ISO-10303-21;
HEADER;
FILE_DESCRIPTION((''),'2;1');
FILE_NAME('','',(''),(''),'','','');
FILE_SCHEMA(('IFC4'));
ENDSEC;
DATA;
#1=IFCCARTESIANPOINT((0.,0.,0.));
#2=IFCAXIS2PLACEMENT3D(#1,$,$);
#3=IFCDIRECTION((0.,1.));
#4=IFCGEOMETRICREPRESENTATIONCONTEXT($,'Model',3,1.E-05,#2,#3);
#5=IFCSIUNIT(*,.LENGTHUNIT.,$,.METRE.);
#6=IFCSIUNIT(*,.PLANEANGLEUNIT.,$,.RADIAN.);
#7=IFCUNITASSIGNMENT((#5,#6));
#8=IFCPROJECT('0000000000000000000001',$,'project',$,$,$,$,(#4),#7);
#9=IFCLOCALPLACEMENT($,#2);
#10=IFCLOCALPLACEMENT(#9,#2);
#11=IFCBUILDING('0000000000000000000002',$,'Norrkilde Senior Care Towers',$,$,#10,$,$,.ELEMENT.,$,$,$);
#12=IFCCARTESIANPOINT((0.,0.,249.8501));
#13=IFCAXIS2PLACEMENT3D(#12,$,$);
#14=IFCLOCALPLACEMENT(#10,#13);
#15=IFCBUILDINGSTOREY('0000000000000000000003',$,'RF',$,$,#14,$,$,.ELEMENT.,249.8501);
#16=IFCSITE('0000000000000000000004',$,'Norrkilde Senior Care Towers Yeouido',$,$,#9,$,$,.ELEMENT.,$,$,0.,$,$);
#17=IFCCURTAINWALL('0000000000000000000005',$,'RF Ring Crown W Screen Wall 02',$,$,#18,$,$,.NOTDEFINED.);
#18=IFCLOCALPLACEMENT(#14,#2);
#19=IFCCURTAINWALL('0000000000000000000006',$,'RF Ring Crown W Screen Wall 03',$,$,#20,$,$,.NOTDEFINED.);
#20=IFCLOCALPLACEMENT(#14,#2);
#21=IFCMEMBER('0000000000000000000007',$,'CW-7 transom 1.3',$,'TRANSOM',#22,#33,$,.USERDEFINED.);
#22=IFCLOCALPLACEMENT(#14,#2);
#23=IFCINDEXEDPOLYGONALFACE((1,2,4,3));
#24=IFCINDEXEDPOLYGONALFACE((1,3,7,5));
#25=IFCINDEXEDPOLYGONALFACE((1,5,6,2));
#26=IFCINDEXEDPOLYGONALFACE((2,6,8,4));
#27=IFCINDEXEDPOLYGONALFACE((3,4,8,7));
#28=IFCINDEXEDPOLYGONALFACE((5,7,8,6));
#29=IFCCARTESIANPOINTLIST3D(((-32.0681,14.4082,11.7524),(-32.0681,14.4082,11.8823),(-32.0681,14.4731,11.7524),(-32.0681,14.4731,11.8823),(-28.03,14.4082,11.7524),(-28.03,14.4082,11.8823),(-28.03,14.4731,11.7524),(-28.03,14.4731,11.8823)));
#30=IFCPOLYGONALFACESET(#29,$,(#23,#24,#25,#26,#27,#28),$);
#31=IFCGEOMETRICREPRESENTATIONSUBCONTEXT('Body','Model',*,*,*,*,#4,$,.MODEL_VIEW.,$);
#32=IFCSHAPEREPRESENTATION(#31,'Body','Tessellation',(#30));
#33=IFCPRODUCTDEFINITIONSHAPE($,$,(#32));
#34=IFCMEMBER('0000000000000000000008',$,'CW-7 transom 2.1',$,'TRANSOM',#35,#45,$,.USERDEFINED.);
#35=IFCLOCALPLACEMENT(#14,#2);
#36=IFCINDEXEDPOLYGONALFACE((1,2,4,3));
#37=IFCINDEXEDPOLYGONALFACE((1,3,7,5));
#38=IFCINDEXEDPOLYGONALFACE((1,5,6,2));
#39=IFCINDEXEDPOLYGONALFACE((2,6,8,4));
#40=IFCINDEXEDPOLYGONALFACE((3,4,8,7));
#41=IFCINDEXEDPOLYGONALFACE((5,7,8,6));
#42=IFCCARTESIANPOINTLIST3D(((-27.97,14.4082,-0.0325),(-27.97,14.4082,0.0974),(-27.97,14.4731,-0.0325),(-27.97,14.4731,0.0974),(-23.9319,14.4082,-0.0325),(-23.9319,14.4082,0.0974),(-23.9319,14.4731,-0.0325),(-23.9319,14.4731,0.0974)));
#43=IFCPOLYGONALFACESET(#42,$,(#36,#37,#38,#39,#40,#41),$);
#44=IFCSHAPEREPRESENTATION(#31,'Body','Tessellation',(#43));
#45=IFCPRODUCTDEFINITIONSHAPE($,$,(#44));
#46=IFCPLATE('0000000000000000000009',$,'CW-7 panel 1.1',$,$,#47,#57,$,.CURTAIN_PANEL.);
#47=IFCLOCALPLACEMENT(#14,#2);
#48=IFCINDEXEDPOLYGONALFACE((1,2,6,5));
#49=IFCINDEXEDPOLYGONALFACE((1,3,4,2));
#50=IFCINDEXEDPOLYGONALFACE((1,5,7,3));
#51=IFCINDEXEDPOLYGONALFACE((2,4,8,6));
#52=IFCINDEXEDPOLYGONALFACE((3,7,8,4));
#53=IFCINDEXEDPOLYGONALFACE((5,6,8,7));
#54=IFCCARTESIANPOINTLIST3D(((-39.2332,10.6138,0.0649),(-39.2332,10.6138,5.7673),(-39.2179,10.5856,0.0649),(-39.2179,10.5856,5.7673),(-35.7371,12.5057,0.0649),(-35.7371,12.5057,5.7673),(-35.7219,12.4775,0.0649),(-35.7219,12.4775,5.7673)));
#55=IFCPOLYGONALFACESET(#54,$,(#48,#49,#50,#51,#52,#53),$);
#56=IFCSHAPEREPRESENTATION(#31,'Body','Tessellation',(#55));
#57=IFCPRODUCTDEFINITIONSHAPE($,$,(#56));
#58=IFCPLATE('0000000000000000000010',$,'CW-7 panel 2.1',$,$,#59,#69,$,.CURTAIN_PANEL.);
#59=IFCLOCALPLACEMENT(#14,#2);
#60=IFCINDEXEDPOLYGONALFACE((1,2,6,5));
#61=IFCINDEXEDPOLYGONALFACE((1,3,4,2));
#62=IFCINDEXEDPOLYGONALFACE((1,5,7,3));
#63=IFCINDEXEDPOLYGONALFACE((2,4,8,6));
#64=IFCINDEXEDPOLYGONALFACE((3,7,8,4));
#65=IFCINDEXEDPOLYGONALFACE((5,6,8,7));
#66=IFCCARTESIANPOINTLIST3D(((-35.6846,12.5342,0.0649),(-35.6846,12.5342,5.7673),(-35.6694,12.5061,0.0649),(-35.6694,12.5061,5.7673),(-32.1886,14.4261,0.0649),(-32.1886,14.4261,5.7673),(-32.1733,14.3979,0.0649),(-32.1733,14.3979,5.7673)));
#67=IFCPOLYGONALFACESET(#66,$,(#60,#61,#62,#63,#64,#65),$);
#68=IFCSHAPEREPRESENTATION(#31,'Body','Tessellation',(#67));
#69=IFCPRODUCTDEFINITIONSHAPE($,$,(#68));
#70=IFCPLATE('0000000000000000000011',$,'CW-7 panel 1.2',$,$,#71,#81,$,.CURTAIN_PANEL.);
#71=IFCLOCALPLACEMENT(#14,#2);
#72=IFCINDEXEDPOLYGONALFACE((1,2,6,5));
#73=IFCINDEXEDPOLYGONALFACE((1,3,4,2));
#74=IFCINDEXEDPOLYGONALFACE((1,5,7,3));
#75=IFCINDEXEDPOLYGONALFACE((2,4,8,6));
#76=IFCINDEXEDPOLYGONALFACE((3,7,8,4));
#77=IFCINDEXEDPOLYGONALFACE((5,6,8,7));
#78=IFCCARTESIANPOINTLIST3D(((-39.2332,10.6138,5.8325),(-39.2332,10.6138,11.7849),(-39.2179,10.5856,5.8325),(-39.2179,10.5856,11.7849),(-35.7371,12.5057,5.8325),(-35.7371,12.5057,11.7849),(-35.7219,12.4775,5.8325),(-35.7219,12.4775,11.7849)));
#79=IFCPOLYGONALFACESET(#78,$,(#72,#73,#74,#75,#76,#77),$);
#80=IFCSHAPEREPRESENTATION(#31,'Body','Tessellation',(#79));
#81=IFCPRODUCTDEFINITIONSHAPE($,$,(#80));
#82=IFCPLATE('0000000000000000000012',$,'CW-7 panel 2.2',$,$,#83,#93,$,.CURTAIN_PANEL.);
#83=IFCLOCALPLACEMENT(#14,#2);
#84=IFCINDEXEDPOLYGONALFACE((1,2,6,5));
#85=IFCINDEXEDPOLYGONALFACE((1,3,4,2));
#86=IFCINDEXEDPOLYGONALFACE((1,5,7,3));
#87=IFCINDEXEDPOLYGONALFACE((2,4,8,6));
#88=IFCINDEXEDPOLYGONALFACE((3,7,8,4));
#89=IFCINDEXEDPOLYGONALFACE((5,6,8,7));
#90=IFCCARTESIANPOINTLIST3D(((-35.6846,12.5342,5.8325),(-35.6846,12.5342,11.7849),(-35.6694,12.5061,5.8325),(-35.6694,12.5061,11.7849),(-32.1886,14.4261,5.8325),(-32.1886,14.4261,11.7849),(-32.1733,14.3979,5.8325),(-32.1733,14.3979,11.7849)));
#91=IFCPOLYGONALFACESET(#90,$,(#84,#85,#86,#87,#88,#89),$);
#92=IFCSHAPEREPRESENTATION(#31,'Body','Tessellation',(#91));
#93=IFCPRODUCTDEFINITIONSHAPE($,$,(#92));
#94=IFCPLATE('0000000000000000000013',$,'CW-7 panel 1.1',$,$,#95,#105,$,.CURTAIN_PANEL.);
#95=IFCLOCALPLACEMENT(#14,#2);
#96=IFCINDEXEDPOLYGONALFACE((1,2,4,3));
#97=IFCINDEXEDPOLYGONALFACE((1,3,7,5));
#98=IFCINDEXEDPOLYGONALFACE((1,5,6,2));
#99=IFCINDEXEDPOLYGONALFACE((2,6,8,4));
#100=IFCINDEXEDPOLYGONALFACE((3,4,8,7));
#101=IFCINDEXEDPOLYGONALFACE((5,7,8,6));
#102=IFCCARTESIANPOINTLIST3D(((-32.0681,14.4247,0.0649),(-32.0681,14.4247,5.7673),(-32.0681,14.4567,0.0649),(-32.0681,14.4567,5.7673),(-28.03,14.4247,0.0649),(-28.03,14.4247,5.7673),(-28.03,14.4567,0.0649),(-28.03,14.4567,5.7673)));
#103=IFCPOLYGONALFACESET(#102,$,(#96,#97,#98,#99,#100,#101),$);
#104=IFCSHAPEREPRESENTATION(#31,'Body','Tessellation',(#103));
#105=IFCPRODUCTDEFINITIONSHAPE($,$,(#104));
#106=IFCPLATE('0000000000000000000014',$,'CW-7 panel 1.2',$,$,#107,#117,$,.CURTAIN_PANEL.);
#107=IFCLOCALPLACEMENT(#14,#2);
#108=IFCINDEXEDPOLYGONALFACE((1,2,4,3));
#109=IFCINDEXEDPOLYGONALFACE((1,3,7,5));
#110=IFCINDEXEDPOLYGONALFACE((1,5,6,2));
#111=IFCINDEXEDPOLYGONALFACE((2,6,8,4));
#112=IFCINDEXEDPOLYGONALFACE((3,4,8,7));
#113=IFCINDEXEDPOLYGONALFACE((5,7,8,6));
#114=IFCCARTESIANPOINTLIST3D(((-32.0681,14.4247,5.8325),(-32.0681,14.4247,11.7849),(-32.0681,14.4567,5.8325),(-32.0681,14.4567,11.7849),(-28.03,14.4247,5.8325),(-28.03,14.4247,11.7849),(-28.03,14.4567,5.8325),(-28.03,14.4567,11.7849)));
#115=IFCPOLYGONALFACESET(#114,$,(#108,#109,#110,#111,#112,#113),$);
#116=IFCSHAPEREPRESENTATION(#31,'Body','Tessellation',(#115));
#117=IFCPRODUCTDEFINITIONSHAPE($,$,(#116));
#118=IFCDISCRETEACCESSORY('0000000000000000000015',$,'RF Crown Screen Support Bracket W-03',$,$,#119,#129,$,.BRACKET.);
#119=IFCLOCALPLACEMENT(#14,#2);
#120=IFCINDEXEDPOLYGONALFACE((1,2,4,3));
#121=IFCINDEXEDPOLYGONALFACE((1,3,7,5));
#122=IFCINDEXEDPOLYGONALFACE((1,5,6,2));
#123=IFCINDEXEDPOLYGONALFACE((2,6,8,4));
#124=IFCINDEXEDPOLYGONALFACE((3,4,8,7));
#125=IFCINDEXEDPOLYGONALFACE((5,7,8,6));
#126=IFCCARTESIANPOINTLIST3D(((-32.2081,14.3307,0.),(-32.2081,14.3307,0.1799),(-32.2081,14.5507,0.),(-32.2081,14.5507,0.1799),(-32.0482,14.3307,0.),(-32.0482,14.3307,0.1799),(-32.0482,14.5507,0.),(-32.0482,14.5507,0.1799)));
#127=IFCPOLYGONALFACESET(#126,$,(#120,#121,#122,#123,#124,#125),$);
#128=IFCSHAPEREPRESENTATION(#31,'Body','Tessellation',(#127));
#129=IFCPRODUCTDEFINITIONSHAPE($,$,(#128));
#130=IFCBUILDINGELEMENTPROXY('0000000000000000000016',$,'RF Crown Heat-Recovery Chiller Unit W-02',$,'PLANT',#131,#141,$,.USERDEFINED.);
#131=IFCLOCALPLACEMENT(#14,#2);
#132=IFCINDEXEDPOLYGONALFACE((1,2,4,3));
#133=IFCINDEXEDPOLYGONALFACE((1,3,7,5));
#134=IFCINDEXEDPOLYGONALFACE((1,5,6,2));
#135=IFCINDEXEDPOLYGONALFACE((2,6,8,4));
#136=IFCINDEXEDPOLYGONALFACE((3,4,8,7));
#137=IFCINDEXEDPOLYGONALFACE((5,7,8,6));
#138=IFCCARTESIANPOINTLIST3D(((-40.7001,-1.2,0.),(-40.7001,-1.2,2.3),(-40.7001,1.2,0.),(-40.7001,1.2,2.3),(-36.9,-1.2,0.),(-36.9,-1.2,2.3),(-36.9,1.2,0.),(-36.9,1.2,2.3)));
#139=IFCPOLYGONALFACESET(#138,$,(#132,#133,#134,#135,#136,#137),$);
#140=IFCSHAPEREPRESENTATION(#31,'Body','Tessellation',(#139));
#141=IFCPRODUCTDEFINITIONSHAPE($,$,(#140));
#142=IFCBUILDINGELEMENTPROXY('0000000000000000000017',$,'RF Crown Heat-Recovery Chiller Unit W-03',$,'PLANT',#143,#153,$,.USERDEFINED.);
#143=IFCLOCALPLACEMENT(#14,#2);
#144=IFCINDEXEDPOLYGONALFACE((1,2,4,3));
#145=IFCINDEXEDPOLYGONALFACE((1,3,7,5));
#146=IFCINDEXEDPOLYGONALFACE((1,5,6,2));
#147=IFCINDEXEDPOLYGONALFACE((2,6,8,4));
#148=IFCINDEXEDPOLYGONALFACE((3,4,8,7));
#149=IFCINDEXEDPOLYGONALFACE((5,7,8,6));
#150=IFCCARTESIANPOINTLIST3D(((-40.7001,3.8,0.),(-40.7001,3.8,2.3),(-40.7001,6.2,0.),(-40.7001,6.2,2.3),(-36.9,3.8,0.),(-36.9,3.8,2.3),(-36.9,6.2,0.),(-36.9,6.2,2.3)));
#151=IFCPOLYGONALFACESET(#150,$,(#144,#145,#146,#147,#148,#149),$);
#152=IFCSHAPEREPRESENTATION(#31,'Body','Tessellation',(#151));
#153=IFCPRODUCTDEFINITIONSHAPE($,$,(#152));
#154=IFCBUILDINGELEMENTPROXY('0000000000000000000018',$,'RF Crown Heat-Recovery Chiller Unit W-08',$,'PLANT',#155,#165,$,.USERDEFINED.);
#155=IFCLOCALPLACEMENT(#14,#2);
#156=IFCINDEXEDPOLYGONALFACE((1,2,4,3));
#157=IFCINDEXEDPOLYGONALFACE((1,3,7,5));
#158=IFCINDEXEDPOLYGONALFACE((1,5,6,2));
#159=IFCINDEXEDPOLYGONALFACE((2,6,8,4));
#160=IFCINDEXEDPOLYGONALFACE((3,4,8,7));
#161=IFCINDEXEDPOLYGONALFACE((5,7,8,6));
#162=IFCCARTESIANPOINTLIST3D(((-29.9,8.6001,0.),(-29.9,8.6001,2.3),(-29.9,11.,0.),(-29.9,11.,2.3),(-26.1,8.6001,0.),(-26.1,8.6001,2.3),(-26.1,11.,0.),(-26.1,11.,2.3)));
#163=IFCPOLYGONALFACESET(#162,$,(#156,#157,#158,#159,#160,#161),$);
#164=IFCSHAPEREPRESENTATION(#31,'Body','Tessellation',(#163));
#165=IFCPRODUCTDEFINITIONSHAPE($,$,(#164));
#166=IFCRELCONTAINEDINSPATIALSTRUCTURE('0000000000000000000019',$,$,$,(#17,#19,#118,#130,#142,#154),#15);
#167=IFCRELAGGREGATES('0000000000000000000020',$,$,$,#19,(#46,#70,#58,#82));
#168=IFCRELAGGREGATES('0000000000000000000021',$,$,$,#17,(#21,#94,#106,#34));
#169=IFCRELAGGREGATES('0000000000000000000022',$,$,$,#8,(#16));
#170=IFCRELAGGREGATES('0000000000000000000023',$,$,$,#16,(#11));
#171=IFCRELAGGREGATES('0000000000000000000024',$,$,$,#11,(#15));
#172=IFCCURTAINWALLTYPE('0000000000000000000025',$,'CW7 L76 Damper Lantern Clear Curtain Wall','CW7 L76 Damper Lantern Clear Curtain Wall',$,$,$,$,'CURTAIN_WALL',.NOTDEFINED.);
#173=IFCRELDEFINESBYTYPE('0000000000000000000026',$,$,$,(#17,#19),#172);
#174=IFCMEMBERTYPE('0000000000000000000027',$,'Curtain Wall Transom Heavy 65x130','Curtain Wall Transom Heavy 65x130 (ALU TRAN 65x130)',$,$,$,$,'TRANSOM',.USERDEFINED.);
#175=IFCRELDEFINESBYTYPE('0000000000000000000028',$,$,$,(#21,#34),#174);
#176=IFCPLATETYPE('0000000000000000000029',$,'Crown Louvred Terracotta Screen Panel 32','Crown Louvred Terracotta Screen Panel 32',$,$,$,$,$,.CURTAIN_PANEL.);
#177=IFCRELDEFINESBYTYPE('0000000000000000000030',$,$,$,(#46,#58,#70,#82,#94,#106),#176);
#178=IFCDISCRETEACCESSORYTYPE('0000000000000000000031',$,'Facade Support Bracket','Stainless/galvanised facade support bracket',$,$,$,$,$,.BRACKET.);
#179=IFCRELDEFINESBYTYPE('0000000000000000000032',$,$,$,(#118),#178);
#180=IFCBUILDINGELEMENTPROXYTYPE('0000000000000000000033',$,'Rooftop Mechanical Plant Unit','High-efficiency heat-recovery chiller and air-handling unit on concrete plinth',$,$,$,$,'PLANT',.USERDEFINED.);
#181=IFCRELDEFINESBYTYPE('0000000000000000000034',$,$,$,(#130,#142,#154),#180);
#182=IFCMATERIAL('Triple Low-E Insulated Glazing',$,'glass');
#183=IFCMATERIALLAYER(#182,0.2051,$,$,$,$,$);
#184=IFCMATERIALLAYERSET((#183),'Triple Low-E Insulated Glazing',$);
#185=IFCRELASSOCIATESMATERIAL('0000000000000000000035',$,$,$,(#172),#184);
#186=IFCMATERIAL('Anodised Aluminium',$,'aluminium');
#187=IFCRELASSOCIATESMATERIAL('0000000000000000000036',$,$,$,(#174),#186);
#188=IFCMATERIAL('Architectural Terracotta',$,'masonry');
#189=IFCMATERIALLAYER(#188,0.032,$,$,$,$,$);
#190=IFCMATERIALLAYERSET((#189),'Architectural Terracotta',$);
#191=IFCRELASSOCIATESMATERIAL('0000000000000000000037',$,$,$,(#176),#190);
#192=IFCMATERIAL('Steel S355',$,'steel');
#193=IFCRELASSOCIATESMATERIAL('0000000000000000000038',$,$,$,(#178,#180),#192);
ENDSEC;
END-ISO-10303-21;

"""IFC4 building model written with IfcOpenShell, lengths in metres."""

from ifc_helpers import new_model, si_unit, direction, frame, origin, origin_2d, place, context, subcontext, project, spatial, rectangle, extrude, source, transform, mapped, material, layer, layer_set, material_profile, profile_set, type_object, type_shapes, element, aggregate, save


model = new_model("IFC4")

# Units and contexts
model_context = context("Model", 3, precision=1e-05, world=origin(), true_north=direction((0.0, 1.0)))
body_context = subcontext(model_context, "Body", "Model", "MODEL_VIEW")
ifc_project = project(units=[si_unit("LENGTHUNIT", "METRE"), si_unit("PLANEANGLEUNIT", "RADIAN")], contexts=[model_context])

# Site, building, storey
site_placement = place(None, origin())
site = spatial("IfcSite", under=ifc_project, at=site_placement, Name="Norrkilde Senior Care Towers Yeouido", CompositionType="ELEMENT", RefElevation=0.0)
building_placement = place(site_placement, origin())
building = spatial("IfcBuilding", under=site, at=building_placement, Name="Norrkilde Senior Care Towers", CompositionType="ELEMENT")
storey_placement = place(building_placement, frame((0.0, 0.0, 249.8501)))
storey = spatial("IfcBuildingStorey", under=building, at=storey_placement, Name="RF", CompositionType="ELEMENT", Elevation=249.8501)

# Shared definitions
ifc_material_1 = material(Name="Steel S355", Category="steel")

# Curtain walls
ifc_material_2 = material(Name="Triple Low-E Insulated Glazing", Category="glass")
ifc_layer_1 = layer(ifc_material_2, 0.2051)
ifc_layer_set_1 = layer_set([ifc_layer_1], Name="Triple Low-E Insulated Glazing")
curtain_wall_type = type_object("IfcCurtainWallType", Name="CW7 L76 Damper Lantern Clear Curtain Wall", Description="CW7 L76 Damper Lantern Clear Curtain Wall", ElementType="CURTAIN_WALL", PredefinedType="NOTDEFINED", material=ifc_layer_set_1)
curtain_wall_1_placement = place(storey_placement, origin())
curtain_wall_1 = element("IfcCurtainWall", 1, at=curtain_wall_1_placement, inside=storey, type_object=curtain_wall_type, Name="RF Ring Crown W Screen Wall 02", PredefinedType="NOTDEFINED")
ifc_material_3 = material(Name="Anodised Aluminium", Category="aluminium")
curtain_wall_2_placement = place(storey_placement, origin())
curtain_wall_2 = element("IfcCurtainWall", 2, at=curtain_wall_2_placement, inside=storey, type_object=curtain_wall_type, Name="RF Ring Crown W Screen Wall 03", PredefinedType="NOTDEFINED")
ifc_material_profile_1 = material_profile(ifc_material_3, rectangle(XDim=0.0649, YDim=0.1299, at=origin_2d()), Name="ALU TRAN 65x130")
ifc_profile_set_1 = profile_set([ifc_material_profile_1], Name="Anodised Aluminium")
member_type_1 = type_object("IfcMemberType", Name="Curtain Wall Transom Heavy 65x130", Description="Curtain Wall Transom Heavy 65x130 (ALU TRAN 65x130)", ElementType="TRANSOM", PredefinedType="USERDEFINED", material=ifc_profile_set_1)

# Members
shared_shape_1 = source(origin(), body_context, "Body", "SweptSolid", [
    extrude(rectangle(XDim=0.0649, YDim=0.1299, at=origin_2d()), origin(), (0.0, 0.0, 1.0), 4.0381),
])
member_1_placement = place(storey_placement, frame((-32.0681, 14.4407, 11.8174), z_axis=(1.0, 0.0, 0.0), x_axis=(0.0, 1.0, 0.0)))
member_1 = element("IfcMember", 3, at=member_1_placement, type_object=member_type_1, Name="CW-7 transom 1.3", ObjectType="TRANSOM", PredefinedType="USERDEFINED", context=body_context, shape_type="MappedRepresentation", body=[
    mapped(shared_shape_1, transform((0.0, 0.0, 0.0), x_axis=(1.0, 0.0, 0.0), y_axis=(0.0, 1.0, 0.0), z_axis=(0.0, 0.0, 1.0), scale=1.0)),
])
member_2_placement = place(storey_placement, frame((-27.97, 14.4407, 0.0325), z_axis=(1.0, 0.0, 0.0), x_axis=(0.0, 1.0, 0.0)))
member_2 = element("IfcMember", 4, at=member_2_placement, type_object=member_type_1, Name="CW-7 transom 2.1", ObjectType="TRANSOM", PredefinedType="USERDEFINED", context=body_context, shape_type="MappedRepresentation", body=[
    mapped(shared_shape_1, transform((0.0, 0.0, 0.0), x_axis=(1.0, 0.0, 0.0), y_axis=(0.0, 1.0, 0.0), z_axis=(0.0, 0.0, 1.0), scale=1.0)),
])

# Plates
ifc_material_4 = material(Name="Architectural Terracotta", Category="masonry")
ifc_layer_2 = layer(ifc_material_4, 0.032)
ifc_layer_set_2 = layer_set([ifc_layer_2], Name="Architectural Terracotta")
plate_type = type_object("IfcPlateType", Name="Crown Louvred Terracotta Screen Panel 32", Description="Crown Louvred Terracotta Screen Panel 32", PredefinedType="CURTAIN_PANEL", material=ifc_layer_set_2)
shared_shape_2 = source(origin(), body_context, "Body", "SweptSolid", [
    extrude(rectangle(XDim=3.9751, YDim=0.032, at=origin_2d()), origin(), (0.0, 0.0, 1.0), 5.7024),
])
plate_1_placement = place(storey_placement, frame((-37.4775, 11.5457, 0.0649), z_axis=(0.0, 0.0, 1.0), x_axis=(0.879481, 0.475934, 0.0)))
plate_1 = element("IfcPlate", 5, at=plate_1_placement, type_object=plate_type, Name="CW-7 panel 1.1", PredefinedType="CURTAIN_PANEL", context=body_context, shape_type="MappedRepresentation", body=[
    mapped(shared_shape_2, transform((0.0, 0.0, 0.0), x_axis=(1.0, 0.0, 0.0), y_axis=(0.0, 1.0, 0.0), z_axis=(0.0, 0.0, 1.0), scale=1.0)),
])
plate_2_placement = place(storey_placement, frame((-33.929, 13.4661, 0.0649), z_axis=(0.0, 0.0, 1.0), x_axis=(0.879481, 0.475934, 0.0)))
plate_2 = element("IfcPlate", 6, at=plate_2_placement, type_object=plate_type, Name="CW-7 panel 2.1", PredefinedType="CURTAIN_PANEL", context=body_context, shape_type="MappedRepresentation", body=[
    mapped(shared_shape_2, transform((0.0, 0.0, 0.0), x_axis=(1.0, 0.0, 0.0), y_axis=(0.0, 1.0, 0.0), z_axis=(0.0, 0.0, 1.0), scale=1.0)),
])
shared_shape_3 = source(origin(), body_context, "Body", "SweptSolid", [
    extrude(rectangle(XDim=3.9751, YDim=0.032, at=origin_2d()), origin(), (0.0, 0.0, 1.0), 5.9524),
])
plate_3_placement = place(storey_placement, frame((-37.4775, 11.5457, 5.8325), z_axis=(0.0, 0.0, 1.0), x_axis=(0.879481, 0.475934, 0.0)))
plate_3 = element("IfcPlate", 7, at=plate_3_placement, type_object=plate_type, Name="CW-7 panel 1.2", PredefinedType="CURTAIN_PANEL", context=body_context, shape_type="MappedRepresentation", body=[
    mapped(shared_shape_3, transform((0.0, 0.0, 0.0), x_axis=(1.0, 0.0, 0.0), y_axis=(0.0, 1.0, 0.0), z_axis=(0.0, 0.0, 1.0), scale=1.0)),
])
plate_4_placement = place(storey_placement, frame((-33.929, 13.4661, 5.8325), z_axis=(0.0, 0.0, 1.0), x_axis=(0.879481, 0.475934, 0.0)))
plate_4 = element("IfcPlate", 8, at=plate_4_placement, type_object=plate_type, Name="CW-7 panel 2.2", PredefinedType="CURTAIN_PANEL", context=body_context, shape_type="MappedRepresentation", body=[
    mapped(shared_shape_3, transform((0.0, 0.0, 0.0), x_axis=(1.0, 0.0, 0.0), y_axis=(0.0, 1.0, 0.0), z_axis=(0.0, 0.0, 1.0), scale=1.0)),
])
aggregate(curtain_wall_2, [plate_1, plate_3, plate_2, plate_4])
shared_shape_4 = source(origin(), body_context, "Body", "SweptSolid", [
    extrude(rectangle(XDim=4.0381, YDim=0.032, at=origin_2d()), origin(), (0.0, 0.0, 1.0), 5.7024),
])
plate_5_placement = place(storey_placement, frame((-30.0491, 14.4407, 0.0649), z_axis=(0.0, 0.0, 1.0), x_axis=(1.0, 0.0, 0.0)))
plate_5 = element("IfcPlate", 9, at=plate_5_placement, type_object=plate_type, Name="CW-7 panel 1.1", PredefinedType="CURTAIN_PANEL", context=body_context, shape_type="MappedRepresentation", body=[
    mapped(shared_shape_4, transform((0.0, 0.0, 0.0), x_axis=(1.0, 0.0, 0.0), y_axis=(0.0, 1.0, 0.0), z_axis=(0.0, 0.0, 1.0), scale=1.0)),
])
shared_shape_5 = source(origin(), body_context, "Body", "SweptSolid", [
    extrude(rectangle(XDim=4.0381, YDim=0.032, at=origin_2d()), origin(), (0.0, 0.0, 1.0), 5.9524),
])
type_shapes(plate_type, [shared_shape_2, shared_shape_3, shared_shape_4, shared_shape_5])
plate_6_placement = place(storey_placement, frame((-30.0491, 14.4407, 5.8325), z_axis=(0.0, 0.0, 1.0), x_axis=(1.0, 0.0, 0.0)))
plate_6 = element("IfcPlate", 10, at=plate_6_placement, type_object=plate_type, Name="CW-7 panel 1.2", PredefinedType="CURTAIN_PANEL", context=body_context, shape_type="MappedRepresentation", body=[
    mapped(shared_shape_5, transform((0.0, 0.0, 0.0), x_axis=(1.0, 0.0, 0.0), y_axis=(0.0, 1.0, 0.0), z_axis=(0.0, 0.0, 1.0), scale=1.0)),
])
aggregate(curtain_wall_1, [member_1, plate_5, plate_6, member_2])

# Discrete accessory
discrete_accessory_type = type_object("IfcDiscreteAccessoryType", Name="Facade Support Bracket", Description="Stainless/galvanised facade support bracket", PredefinedType="BRACKET", material=ifc_material_1)
shared_shape_6 = source(origin(), body_context, "Body", "SweptSolid", [
    extrude(rectangle(XDim=0.1599, YDim=0.22, at=origin_2d()), origin(), (0.0, 0.0, 1.0), 0.1799),
])
type_shapes(discrete_accessory_type, [shared_shape_6])
discrete_accessory_placement = place(storey_placement, frame((-32.1282, 14.4407, 0.0), z_axis=(0.0, 0.0, 1.0), x_axis=(1.0, 0.0, 0.0)))
element("IfcDiscreteAccessory", 11, at=discrete_accessory_placement, inside=storey, type_object=discrete_accessory_type, Name="RF Crown Screen Support Bracket W-03", PredefinedType="BRACKET", context=body_context, shape_type="MappedRepresentation", body=[
    mapped(shared_shape_6, transform((0.0, 0.0, 0.0), x_axis=(1.0, 0.0, 0.0), y_axis=(0.0, 1.0, 0.0), z_axis=(0.0, 0.0, 1.0), scale=1.0)),
])

# Building element proxies
building_element_proxy_type = type_object("IfcBuildingElementProxyType", Name="Rooftop Mechanical Plant Unit", Description="High-efficiency heat-recovery chiller and air-handling unit on concrete plinth", ElementType="PLANT", PredefinedType="USERDEFINED", material=ifc_material_1)
shared_shape_7 = source(origin(), body_context, "Body", "SweptSolid", [
    extrude(rectangle(XDim=3.8, YDim=2.3999, at=origin_2d()), origin(), (0.0, 0.0, 1.0), 2.3),
])
type_shapes(building_element_proxy_type, [shared_shape_7])
for number, where, z_axis, x_axis, name in (
    (12, (-38.8, 0.0, 0.0), (0.0, 0.0, 1.0), (1.0, 0.0, 0.0), "RF Crown Heat-Recovery Chiller Unit W-02"),
    (13, (-38.8, 5.0, 0.0), (0.0, 0.0, 1.0), (1.0, 0.0, 0.0), "RF Crown Heat-Recovery Chiller Unit W-03"),
    (14, (-28.0, 9.8, 0.0), (0.0, 0.0, 1.0), (1.0, 0.0, 0.0), "RF Crown Heat-Recovery Chiller Unit W-08"),
):
    element("IfcBuildingElementProxy", number, at=place(storey_placement, frame(where, z_axis=z_axis, x_axis=x_axis)), inside=storey, type_object=building_element_proxy_type, Name=name, ObjectType="PLANT", PredefinedType="USERDEFINED", context=body_context, shape_type="MappedRepresentation", body=[
        mapped(shared_shape_7, transform((0.0, 0.0, 0.0), x_axis=(1.0, 0.0, 0.0), y_axis=(0.0, 1.0, 0.0), z_axis=(0.0, 0.0, 1.0), scale=1.0)),
    ])

save(model, "model.ifc")
